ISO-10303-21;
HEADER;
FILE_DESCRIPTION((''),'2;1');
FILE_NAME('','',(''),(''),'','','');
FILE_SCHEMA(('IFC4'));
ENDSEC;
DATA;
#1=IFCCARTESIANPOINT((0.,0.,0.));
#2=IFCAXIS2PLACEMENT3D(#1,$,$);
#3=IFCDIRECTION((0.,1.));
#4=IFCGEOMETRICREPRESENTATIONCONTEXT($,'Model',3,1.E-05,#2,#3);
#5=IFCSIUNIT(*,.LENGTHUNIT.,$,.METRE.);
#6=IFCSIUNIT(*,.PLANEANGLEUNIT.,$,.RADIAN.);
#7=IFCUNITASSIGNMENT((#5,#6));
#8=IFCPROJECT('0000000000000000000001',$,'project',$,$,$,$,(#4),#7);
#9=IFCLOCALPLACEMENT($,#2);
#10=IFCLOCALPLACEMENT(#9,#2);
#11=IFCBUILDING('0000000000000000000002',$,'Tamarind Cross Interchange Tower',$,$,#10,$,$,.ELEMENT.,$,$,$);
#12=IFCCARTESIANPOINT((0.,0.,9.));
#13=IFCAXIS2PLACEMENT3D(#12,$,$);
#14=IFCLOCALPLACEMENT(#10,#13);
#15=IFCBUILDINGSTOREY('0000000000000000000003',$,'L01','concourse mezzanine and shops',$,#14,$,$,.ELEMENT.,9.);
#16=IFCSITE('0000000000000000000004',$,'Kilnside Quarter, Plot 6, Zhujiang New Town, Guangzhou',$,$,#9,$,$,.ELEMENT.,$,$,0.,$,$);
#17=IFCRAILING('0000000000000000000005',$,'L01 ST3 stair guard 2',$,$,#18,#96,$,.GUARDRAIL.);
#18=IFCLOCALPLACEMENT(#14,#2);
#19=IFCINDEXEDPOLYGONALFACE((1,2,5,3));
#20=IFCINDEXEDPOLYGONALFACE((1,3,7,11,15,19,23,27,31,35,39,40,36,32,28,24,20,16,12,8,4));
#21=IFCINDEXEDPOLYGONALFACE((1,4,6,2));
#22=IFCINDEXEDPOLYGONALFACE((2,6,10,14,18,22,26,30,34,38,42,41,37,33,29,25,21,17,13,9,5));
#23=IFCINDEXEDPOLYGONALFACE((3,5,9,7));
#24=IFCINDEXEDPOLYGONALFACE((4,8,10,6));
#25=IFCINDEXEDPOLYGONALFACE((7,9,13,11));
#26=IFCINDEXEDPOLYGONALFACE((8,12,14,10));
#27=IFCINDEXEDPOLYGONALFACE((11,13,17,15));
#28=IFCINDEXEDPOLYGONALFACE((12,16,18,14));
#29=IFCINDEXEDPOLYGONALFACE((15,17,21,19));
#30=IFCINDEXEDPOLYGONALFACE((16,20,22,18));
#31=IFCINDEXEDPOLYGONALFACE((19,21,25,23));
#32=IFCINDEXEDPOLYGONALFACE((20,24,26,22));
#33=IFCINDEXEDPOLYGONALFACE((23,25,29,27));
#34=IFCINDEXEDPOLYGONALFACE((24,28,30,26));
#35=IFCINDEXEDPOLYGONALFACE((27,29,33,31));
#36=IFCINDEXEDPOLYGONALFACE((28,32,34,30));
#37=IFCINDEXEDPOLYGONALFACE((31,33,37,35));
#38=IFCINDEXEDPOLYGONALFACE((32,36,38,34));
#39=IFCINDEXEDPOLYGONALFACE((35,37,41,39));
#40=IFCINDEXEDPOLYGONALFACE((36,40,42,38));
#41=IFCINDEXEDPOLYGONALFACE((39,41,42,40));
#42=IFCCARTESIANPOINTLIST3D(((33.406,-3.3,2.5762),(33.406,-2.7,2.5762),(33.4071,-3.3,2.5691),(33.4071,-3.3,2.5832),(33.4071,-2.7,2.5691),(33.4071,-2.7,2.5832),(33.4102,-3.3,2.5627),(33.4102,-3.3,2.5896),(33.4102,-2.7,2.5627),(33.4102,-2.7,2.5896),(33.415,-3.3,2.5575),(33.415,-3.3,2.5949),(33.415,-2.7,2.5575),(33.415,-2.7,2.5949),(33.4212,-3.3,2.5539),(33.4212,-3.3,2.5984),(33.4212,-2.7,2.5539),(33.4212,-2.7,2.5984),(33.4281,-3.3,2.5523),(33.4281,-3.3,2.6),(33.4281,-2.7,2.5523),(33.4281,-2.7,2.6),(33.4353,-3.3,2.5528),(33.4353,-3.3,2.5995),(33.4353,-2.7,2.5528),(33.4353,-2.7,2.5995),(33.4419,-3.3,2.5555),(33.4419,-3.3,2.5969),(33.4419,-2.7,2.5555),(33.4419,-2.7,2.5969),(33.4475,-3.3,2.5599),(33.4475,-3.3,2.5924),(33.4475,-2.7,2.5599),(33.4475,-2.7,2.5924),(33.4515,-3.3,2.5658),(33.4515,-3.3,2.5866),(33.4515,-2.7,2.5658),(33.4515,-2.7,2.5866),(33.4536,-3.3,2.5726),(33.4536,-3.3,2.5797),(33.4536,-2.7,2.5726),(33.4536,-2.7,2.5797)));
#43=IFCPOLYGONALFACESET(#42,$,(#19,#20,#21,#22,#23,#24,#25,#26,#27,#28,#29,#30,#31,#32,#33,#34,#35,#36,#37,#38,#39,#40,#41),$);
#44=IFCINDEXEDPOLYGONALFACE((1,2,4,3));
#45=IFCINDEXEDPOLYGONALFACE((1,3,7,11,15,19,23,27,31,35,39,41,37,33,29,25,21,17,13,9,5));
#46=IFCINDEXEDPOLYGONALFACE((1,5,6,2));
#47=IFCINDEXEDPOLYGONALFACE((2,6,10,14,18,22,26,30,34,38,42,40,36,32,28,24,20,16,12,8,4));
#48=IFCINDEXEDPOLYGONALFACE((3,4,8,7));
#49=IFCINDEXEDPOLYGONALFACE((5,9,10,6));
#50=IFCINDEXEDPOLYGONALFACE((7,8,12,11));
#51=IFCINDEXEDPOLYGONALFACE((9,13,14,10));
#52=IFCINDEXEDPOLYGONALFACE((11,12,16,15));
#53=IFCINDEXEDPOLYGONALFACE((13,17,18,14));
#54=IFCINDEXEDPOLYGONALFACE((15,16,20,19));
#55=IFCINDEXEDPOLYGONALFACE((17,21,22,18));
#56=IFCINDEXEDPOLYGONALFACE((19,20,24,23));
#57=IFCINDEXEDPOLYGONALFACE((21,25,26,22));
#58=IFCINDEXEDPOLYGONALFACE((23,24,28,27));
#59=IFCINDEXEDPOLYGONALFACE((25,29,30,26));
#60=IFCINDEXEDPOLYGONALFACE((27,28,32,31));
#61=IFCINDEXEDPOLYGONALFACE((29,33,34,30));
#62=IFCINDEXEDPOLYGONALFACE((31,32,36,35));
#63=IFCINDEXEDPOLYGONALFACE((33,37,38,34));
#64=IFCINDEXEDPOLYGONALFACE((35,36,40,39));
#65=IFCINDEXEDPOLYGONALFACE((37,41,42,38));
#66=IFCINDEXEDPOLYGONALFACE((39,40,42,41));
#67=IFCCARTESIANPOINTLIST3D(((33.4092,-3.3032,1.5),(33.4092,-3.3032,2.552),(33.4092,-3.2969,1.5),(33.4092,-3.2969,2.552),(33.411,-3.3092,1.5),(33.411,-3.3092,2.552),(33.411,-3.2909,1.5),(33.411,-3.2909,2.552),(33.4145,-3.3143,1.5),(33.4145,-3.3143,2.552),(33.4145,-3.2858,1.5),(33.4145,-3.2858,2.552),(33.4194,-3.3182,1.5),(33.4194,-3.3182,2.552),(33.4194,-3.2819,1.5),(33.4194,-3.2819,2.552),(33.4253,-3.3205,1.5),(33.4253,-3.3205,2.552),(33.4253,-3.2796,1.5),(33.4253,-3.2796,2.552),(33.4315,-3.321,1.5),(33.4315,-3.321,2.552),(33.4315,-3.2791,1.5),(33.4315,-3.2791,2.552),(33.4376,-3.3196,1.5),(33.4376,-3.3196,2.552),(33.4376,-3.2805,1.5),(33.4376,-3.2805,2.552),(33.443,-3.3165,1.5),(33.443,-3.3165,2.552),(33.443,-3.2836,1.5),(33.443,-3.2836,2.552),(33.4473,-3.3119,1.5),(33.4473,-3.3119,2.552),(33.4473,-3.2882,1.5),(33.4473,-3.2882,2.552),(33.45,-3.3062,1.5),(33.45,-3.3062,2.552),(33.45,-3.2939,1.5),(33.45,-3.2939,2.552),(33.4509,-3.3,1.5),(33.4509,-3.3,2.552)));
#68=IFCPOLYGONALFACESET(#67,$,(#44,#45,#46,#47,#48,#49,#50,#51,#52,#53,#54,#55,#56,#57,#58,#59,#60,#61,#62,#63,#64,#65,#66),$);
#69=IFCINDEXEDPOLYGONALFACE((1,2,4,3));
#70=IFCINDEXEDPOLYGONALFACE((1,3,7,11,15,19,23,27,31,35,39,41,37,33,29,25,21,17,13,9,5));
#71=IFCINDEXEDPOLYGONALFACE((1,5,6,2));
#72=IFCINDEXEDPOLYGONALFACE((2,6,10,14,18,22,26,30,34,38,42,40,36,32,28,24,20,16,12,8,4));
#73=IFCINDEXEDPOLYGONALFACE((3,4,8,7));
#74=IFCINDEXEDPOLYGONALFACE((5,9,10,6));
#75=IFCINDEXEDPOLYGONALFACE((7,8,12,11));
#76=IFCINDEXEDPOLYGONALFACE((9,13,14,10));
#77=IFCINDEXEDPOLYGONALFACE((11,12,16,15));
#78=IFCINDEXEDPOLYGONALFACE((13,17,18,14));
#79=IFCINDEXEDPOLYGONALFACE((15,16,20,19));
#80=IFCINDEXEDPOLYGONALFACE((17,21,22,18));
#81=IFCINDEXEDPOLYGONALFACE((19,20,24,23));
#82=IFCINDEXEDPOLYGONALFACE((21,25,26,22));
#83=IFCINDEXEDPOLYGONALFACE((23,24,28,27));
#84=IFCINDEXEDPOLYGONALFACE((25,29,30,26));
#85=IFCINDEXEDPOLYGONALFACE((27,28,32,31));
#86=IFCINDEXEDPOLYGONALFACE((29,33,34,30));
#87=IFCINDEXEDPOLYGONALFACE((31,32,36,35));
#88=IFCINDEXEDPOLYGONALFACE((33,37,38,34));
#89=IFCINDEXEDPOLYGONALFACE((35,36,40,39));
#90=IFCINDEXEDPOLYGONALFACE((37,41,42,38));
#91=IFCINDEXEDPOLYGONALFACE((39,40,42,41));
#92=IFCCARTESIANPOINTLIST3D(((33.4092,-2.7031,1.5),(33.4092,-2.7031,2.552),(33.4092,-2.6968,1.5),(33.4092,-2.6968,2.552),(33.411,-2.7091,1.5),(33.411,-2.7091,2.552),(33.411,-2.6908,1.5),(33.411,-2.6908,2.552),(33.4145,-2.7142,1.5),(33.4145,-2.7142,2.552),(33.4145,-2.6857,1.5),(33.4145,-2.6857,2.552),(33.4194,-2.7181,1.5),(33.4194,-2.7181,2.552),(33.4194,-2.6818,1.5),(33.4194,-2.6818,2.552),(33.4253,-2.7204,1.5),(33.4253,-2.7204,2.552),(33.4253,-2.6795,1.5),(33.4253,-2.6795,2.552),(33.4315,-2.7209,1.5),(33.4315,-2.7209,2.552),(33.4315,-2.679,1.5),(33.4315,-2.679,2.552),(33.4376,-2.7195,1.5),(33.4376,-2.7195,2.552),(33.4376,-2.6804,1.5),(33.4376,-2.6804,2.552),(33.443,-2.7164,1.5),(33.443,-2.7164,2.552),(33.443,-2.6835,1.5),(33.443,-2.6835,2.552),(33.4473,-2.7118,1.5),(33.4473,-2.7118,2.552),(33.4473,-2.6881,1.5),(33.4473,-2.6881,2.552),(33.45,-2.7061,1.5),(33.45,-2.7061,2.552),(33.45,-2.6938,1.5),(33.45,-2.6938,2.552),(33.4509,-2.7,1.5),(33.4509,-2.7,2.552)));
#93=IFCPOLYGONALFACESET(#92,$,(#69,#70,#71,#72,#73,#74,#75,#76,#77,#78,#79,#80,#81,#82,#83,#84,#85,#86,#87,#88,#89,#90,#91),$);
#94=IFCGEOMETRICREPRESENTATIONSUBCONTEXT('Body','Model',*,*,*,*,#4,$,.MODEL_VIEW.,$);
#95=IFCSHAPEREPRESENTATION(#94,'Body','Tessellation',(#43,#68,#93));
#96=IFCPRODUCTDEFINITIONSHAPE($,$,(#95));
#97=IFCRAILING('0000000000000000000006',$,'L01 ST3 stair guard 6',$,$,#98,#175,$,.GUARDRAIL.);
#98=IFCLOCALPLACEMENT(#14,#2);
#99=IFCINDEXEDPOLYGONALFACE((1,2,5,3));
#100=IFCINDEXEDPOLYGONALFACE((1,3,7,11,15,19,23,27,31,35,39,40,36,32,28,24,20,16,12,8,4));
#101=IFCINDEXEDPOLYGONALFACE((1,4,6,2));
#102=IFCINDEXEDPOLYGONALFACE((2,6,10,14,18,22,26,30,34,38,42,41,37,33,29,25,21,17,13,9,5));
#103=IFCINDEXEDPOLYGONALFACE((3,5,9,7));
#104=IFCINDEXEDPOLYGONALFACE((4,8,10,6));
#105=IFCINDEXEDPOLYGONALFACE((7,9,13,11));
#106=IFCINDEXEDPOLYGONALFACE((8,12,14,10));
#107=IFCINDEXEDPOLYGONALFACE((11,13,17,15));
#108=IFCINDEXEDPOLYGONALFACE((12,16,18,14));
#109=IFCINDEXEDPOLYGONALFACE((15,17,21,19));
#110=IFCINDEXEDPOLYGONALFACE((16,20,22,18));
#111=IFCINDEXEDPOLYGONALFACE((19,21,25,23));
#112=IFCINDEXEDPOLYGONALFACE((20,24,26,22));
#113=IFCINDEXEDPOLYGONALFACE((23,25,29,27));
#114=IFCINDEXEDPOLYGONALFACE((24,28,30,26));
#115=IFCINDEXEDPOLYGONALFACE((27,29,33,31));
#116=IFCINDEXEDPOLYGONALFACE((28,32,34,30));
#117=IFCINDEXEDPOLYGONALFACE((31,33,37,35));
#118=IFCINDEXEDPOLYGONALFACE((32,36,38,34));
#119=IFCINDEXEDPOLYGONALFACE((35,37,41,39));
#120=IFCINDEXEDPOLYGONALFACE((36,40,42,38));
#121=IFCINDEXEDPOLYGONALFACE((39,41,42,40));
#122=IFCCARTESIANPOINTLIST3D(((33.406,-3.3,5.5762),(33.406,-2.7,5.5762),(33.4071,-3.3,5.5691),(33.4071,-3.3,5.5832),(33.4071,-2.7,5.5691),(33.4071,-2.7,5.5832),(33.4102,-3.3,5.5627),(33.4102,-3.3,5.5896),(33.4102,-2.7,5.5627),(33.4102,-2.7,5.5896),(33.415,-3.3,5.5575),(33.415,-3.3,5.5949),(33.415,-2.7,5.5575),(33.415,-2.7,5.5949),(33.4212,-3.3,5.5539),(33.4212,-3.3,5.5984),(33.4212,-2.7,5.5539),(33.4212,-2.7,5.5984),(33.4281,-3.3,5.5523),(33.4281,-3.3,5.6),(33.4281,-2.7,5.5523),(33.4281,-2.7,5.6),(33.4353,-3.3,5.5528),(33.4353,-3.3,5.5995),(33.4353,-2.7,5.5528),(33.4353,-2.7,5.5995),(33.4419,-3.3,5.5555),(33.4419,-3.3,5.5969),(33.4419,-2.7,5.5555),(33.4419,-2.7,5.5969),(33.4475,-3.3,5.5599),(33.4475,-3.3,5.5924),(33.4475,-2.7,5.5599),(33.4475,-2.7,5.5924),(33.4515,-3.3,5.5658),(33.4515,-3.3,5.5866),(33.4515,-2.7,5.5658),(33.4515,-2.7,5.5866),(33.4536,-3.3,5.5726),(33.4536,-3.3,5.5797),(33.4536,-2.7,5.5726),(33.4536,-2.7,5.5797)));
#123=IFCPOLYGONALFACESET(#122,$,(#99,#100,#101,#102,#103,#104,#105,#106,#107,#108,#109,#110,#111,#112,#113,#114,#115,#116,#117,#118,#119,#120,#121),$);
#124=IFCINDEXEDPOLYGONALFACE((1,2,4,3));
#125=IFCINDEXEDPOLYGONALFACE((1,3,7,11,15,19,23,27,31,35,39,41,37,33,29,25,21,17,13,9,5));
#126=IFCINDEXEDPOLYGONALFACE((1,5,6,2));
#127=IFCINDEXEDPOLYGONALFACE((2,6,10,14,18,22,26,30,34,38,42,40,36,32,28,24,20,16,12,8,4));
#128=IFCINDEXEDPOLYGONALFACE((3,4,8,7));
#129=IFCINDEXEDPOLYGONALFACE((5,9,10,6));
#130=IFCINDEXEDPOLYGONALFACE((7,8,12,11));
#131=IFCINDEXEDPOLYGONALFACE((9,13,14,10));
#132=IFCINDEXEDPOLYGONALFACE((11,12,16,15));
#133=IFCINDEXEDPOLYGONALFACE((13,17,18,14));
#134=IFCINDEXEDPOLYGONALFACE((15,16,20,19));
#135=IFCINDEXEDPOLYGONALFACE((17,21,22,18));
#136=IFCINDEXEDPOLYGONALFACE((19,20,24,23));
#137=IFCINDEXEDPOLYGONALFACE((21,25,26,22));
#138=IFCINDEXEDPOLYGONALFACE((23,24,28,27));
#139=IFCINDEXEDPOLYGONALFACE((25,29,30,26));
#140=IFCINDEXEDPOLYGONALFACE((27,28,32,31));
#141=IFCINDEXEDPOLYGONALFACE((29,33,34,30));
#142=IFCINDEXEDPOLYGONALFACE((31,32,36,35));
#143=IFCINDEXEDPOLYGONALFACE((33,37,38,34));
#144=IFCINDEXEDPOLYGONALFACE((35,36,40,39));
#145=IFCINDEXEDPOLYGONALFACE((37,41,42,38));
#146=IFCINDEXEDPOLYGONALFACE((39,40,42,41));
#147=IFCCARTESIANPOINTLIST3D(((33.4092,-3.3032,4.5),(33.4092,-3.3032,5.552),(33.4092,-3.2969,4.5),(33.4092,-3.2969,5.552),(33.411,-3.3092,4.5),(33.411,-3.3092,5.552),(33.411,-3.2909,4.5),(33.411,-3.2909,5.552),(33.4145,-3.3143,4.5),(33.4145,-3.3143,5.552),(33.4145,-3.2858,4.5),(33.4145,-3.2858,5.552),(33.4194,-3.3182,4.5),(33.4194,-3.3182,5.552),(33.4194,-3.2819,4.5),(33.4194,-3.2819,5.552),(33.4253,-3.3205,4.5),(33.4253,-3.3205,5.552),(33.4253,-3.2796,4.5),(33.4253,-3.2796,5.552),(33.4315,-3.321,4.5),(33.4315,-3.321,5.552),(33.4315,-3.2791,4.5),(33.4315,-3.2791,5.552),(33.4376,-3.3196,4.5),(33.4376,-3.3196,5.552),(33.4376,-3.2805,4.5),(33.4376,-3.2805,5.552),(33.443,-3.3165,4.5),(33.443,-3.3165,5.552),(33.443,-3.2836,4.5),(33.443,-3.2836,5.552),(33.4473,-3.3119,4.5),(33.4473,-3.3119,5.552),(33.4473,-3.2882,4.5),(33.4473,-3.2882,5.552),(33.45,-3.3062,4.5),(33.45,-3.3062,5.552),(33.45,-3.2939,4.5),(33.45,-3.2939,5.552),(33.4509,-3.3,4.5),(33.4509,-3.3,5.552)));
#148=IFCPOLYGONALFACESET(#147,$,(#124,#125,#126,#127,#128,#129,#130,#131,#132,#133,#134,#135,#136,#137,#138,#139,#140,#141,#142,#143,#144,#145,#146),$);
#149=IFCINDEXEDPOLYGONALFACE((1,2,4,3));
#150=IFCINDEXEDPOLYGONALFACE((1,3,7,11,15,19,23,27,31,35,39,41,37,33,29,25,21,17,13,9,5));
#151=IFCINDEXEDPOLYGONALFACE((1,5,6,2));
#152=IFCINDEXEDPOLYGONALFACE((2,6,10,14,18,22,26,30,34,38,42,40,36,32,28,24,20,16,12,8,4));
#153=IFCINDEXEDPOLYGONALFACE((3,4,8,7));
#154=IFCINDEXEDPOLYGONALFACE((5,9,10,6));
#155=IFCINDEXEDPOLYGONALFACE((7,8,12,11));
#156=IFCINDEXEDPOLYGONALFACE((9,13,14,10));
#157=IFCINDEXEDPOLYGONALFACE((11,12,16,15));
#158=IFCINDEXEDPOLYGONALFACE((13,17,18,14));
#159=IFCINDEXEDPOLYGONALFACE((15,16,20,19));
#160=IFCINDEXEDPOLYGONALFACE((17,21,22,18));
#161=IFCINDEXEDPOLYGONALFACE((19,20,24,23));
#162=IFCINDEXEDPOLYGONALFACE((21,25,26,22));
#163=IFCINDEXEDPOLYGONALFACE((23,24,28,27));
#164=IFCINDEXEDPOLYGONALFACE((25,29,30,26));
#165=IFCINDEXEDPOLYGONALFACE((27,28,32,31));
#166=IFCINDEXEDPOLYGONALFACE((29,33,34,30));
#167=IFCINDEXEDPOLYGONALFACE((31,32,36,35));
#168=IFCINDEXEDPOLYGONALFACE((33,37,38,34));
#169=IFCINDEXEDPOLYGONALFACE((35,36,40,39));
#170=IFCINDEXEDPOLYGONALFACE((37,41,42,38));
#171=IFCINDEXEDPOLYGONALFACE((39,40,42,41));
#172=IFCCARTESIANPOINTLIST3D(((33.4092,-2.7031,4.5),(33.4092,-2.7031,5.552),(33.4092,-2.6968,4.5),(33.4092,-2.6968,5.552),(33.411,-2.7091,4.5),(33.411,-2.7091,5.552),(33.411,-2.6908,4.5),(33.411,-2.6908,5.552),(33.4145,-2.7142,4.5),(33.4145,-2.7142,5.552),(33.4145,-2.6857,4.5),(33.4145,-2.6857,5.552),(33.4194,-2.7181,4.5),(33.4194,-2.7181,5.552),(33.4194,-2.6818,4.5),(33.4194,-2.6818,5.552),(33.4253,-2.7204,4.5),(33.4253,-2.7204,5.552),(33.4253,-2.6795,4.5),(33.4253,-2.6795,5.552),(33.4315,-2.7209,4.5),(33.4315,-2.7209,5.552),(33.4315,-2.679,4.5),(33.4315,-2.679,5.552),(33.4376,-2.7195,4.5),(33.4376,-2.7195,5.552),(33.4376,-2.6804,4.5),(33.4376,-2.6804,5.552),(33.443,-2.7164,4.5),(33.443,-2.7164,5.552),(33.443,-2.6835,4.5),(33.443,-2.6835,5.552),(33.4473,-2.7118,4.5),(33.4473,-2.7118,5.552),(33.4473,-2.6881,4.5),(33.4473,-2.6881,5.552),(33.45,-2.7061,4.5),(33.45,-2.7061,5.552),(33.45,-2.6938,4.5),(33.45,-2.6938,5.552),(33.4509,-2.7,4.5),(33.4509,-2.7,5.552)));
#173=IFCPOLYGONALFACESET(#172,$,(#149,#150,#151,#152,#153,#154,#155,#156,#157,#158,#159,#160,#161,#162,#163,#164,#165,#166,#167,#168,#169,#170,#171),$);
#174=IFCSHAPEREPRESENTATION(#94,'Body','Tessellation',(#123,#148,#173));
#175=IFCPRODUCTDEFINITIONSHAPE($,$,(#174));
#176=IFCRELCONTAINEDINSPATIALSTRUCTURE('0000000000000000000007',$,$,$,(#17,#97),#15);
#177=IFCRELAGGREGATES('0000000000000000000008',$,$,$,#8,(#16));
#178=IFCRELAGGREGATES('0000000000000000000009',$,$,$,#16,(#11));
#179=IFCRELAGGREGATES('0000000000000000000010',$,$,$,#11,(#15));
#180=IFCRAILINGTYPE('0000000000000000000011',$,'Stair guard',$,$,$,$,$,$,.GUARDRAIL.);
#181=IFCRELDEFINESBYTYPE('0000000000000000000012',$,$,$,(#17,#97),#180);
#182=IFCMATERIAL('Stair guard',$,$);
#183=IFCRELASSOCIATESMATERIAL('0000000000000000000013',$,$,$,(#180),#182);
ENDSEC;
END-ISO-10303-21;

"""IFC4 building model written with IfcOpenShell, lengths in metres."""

from ifc_helpers import new_model, si_unit, direction, frame, origin, origin_2d, place, context, subcontext, project, spatial, circle, extrude, material, type_object, element, save


model = new_model("IFC4")

# Units and contexts
model_context = context("Model", 3, precision=1e-05, world=origin(), true_north=direction((0.0, 1.0)))
body_context = subcontext(model_context, "Body", "Model", "MODEL_VIEW")
ifc_project = project(units=[si_unit("LENGTHUNIT", "METRE"), si_unit("PLANEANGLEUNIT", "RADIAN")], contexts=[model_context])

# Site, building, storey
site_placement = place(None, origin())
site = spatial("IfcSite", under=ifc_project, at=site_placement, Name="Kilnside Quarter, Plot 6, Zhujiang New Town, Guangzhou", CompositionType="ELEMENT", RefElevation=0.0)
building_placement = place(site_placement, origin())
building = spatial("IfcBuilding", under=site, at=building_placement, Name="Tamarind Cross Interchange Tower", CompositionType="ELEMENT")
storey_placement = place(building_placement, frame((0.0, 0.0, 9.0)))
storey = spatial("IfcBuildingStorey", under=building, at=storey_placement, Name="L01", Description="concourse mezzanine and shops", CompositionType="ELEMENT", Elevation=9.0)

# Railings
ifc_material_1 = material(Name="Stair guard")
railing_type_1 = type_object("IfcRailingType", Name="Stair guard", PredefinedType="GUARDRAIL", material=ifc_material_1)
for number, where, name in (
    (1, (33.4299, -3.3, 1.5), "L01 ST3 stair guard 2"),
    (2, (33.4299, -3.3, 4.5), "L01 ST3 stair guard 6"),
):
    element("IfcRailing", number, at=place(storey_placement, frame(where)), inside=storey, type_object=railing_type_1, Name=name, PredefinedType="GUARDRAIL", context=body_context, shape_type="SweptSolid", body=[
        extrude(circle(Radius=0.0239, at=origin_2d()), frame((0.0, 0.0, 1.0762), z_axis=(0.0, 1.0, 0.0), x_axis=(-1.0, 0.0, 0.0)), (0.0, 0.0, 1.0), 0.6001),
        extrude(circle(Radius=0.021, at=origin_2d()), origin(), (0.0, 0.0, 1.0), 1.052),
        extrude(circle(Radius=0.021, at=origin_2d()), frame((0.0, 0.6001, 0.0)), (0.0, 0.0, 1.0), 1.052),
    ])

save(model, "model.ifc")
